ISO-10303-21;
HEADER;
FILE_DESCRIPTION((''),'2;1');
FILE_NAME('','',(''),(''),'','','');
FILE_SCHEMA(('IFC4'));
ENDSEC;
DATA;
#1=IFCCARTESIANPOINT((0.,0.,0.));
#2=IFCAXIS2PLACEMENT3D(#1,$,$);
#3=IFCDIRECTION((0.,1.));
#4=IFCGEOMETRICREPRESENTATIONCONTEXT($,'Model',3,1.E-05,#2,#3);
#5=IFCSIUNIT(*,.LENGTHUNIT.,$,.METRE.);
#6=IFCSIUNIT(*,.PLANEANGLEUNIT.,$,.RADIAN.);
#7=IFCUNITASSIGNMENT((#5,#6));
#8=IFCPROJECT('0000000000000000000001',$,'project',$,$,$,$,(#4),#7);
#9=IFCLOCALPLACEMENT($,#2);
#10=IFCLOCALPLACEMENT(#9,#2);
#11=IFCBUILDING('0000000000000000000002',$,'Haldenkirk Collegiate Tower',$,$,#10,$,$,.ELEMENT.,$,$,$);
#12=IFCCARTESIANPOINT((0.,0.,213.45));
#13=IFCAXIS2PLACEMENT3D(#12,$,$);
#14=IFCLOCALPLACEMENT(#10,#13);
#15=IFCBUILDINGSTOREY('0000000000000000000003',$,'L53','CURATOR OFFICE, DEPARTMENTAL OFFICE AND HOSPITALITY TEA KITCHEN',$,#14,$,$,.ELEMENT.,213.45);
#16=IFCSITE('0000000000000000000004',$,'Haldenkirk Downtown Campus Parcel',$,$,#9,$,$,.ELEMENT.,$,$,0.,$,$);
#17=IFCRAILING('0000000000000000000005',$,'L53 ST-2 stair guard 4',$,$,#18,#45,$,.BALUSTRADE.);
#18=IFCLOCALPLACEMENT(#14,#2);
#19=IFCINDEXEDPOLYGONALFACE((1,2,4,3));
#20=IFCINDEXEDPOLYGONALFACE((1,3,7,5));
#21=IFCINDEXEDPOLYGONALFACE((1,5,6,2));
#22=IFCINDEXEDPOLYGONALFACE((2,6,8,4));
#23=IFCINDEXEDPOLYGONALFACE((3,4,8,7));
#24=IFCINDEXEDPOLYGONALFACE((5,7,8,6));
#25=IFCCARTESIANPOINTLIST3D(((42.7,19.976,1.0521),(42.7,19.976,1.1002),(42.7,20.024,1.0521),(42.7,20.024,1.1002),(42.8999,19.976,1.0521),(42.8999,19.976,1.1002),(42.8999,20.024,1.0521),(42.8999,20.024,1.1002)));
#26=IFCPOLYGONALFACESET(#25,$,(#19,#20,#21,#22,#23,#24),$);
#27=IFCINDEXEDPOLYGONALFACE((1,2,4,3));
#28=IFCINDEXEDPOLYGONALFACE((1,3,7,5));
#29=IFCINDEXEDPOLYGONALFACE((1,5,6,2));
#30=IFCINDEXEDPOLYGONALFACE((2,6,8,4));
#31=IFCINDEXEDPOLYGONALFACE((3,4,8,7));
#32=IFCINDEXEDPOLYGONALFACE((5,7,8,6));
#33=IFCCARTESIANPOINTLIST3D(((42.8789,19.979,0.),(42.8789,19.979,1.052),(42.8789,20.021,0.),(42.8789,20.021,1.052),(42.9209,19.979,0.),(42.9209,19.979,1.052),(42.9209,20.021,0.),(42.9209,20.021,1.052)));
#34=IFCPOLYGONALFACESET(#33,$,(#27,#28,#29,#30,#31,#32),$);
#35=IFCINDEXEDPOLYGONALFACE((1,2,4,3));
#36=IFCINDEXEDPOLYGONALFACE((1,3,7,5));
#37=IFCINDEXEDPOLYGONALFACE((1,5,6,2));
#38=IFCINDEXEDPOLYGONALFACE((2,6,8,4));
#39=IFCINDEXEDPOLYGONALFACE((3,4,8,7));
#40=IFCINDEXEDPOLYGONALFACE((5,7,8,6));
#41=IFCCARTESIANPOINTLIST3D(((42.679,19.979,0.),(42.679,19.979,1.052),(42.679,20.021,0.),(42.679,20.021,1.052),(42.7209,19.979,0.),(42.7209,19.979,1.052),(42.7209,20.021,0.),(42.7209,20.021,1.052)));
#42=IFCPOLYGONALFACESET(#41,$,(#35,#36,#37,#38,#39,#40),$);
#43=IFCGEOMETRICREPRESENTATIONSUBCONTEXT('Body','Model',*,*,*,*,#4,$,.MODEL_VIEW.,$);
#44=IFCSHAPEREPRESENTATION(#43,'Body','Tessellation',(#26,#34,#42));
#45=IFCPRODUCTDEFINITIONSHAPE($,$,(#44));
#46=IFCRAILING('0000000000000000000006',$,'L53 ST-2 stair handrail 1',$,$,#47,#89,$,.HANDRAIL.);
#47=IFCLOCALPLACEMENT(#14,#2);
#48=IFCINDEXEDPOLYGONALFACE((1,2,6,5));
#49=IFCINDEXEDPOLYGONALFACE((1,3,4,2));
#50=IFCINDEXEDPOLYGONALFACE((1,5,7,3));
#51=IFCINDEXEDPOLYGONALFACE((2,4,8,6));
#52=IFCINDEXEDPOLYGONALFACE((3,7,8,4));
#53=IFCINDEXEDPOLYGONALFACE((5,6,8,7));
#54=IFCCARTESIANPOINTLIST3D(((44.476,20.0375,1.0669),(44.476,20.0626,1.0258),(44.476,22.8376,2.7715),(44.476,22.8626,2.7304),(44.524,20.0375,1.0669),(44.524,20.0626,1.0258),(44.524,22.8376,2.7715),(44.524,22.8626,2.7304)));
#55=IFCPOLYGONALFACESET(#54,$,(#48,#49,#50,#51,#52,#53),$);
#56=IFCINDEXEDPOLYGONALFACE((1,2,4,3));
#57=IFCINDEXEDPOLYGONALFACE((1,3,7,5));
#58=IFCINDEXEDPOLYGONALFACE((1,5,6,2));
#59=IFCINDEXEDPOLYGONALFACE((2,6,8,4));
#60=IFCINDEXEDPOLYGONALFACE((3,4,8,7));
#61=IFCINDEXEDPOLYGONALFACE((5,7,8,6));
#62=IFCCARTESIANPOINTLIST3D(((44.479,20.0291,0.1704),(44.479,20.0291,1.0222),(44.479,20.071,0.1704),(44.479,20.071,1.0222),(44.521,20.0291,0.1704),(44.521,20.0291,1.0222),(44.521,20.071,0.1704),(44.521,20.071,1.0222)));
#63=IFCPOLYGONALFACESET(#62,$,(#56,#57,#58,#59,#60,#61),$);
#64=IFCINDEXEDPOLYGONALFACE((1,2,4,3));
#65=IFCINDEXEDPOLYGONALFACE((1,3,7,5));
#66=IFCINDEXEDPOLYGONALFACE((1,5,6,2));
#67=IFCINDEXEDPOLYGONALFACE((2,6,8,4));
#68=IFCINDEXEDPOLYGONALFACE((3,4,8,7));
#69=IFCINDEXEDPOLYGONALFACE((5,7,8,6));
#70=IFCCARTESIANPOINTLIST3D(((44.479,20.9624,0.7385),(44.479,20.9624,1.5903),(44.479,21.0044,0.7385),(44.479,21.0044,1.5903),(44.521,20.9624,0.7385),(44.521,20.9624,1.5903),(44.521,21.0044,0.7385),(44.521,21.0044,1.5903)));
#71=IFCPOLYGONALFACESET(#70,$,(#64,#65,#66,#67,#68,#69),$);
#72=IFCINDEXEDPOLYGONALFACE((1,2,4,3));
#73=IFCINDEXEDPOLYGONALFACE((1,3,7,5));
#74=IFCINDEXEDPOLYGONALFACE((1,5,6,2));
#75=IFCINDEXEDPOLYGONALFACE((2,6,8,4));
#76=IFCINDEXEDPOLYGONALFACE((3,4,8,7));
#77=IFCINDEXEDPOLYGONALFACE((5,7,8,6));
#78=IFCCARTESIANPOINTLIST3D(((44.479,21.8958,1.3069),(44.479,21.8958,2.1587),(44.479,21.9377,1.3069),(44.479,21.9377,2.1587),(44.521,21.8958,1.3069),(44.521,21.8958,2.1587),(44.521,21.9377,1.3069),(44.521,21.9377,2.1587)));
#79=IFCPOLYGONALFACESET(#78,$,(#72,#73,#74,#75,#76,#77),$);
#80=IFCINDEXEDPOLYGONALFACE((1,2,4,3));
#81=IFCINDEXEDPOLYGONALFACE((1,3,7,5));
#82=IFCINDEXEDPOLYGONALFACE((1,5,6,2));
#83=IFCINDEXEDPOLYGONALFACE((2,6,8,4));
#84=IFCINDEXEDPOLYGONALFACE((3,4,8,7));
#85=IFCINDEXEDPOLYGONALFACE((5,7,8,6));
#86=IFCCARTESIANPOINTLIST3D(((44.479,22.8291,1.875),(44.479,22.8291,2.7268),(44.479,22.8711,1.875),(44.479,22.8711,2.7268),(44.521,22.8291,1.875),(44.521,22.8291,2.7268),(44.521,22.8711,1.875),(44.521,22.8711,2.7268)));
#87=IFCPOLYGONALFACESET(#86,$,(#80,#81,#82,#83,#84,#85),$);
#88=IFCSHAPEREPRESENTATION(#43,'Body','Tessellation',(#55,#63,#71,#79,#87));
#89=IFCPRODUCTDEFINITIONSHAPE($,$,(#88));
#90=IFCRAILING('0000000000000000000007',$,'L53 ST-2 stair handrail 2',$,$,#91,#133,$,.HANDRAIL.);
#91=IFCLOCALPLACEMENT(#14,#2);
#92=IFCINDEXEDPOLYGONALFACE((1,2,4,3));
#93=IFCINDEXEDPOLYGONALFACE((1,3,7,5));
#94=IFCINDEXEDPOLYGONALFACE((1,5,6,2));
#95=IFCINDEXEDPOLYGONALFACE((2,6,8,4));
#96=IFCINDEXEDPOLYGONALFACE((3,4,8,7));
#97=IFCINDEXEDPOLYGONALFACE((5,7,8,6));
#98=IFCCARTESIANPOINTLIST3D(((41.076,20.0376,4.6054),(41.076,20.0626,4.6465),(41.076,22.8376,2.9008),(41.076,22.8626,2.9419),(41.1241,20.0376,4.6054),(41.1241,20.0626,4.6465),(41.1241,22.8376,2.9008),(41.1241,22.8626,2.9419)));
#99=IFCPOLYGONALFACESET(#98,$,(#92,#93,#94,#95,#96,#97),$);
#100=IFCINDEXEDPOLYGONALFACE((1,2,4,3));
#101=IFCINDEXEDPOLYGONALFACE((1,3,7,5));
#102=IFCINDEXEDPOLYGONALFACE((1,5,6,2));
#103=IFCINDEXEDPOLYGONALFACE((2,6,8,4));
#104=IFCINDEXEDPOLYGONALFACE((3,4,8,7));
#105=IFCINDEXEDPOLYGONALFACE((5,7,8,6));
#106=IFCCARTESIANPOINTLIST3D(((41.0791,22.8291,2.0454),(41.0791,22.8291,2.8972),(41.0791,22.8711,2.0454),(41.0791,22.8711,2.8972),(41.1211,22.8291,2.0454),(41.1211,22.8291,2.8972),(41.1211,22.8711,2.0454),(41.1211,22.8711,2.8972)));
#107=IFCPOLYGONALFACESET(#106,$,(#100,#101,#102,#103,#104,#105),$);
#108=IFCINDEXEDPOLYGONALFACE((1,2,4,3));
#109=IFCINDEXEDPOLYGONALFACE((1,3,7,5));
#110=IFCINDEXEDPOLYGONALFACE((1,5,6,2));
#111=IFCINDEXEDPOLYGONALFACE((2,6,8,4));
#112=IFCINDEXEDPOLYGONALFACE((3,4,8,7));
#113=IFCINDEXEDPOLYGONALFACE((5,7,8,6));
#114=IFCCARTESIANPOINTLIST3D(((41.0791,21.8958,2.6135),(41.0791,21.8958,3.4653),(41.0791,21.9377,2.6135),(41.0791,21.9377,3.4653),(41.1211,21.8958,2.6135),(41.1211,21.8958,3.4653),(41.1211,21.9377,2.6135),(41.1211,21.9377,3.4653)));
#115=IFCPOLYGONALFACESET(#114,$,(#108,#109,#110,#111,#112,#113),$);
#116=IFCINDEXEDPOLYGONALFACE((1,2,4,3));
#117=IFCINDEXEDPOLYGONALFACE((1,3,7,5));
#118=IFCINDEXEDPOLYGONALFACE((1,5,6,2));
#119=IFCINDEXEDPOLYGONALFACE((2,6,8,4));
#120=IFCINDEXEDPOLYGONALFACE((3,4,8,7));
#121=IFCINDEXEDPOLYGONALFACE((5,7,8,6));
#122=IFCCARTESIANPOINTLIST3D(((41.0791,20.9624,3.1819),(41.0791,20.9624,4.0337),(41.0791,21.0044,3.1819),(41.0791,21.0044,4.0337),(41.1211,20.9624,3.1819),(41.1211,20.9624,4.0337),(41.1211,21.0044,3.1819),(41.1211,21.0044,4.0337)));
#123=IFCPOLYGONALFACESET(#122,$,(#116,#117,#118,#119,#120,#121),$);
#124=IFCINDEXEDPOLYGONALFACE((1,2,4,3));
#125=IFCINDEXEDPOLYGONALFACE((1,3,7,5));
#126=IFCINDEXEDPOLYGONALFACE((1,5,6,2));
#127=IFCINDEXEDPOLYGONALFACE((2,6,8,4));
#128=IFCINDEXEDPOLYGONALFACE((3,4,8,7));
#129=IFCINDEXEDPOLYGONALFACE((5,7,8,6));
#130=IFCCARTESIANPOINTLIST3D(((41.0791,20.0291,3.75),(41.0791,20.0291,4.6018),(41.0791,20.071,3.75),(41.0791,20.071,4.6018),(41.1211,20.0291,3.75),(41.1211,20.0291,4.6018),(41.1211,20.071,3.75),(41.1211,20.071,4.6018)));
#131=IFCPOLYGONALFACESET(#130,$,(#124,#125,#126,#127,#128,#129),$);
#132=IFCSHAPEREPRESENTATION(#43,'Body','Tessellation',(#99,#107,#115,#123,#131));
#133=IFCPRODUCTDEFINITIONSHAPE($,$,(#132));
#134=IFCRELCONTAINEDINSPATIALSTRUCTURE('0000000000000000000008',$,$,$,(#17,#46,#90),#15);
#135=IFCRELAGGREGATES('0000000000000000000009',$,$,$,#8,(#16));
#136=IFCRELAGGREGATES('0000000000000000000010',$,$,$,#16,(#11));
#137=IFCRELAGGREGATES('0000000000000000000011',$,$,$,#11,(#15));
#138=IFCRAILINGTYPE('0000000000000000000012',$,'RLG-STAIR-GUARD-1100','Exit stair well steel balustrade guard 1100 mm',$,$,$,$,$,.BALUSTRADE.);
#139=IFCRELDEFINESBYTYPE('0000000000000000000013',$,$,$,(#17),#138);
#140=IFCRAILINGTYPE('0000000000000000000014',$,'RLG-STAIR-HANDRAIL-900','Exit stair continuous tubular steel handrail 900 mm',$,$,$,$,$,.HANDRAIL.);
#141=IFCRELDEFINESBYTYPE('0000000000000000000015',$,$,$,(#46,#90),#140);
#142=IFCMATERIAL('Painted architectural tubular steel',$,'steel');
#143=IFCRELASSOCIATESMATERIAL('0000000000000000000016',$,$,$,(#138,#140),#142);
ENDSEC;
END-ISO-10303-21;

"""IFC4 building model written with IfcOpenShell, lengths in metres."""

from ifc_helpers import new_model, si_unit, direction, frame, origin, origin_2d, place, context, subcontext, project, spatial, rectangle, extrude, material, type_object, element, save


model = new_model("IFC4")

# Units and contexts
model_context = context("Model", 3, precision=1e-05, world=origin(), true_north=direction((0.0, 1.0)))
body_context = subcontext(model_context, "Body", "Model", "MODEL_VIEW")
ifc_project = project(units=[si_unit("LENGTHUNIT", "METRE"), si_unit("PLANEANGLEUNIT", "RADIAN")], contexts=[model_context])

# Site, building, storey
site_placement = place(None, origin())
site = spatial("IfcSite", under=ifc_project, at=site_placement, Name="Haldenkirk Downtown Campus Parcel", CompositionType="ELEMENT", RefElevation=0.0)
building_placement = place(site_placement, origin())
building = spatial("IfcBuilding", under=site, at=building_placement, Name="Haldenkirk Collegiate Tower", CompositionType="ELEMENT")
storey_placement = place(building_placement, frame((0.0, 0.0, 213.45)))
storey = spatial("IfcBuildingStorey", under=building, at=storey_placement, Name="L53", Description="CURATOR OFFICE, DEPARTMENTAL OFFICE AND HOSPITALITY TEA KITCHEN", CompositionType="ELEMENT", Elevation=213.45)

# Railings
ifc_material_1 = material(Name="Painted architectural tubular steel", Category="steel")
railing_type_1 = type_object("IfcRailingType", Name="RLG-STAIR-GUARD-1100", Description="Exit stair well steel balustrade guard 1100 mm", PredefinedType="BALUSTRADE", material=ifc_material_1)
railing_1_placement = place(storey_placement, frame((42.8999, 20.0, 0.0)))
element("IfcRailing", 1, at=railing_1_placement, inside=storey, type_object=railing_type_1, Name="L53 ST-2 stair guard 4", PredefinedType="BALUSTRADE", context=body_context, shape_type="SweptSolid", body=[
    extrude(rectangle(XDim=0.0481, YDim=0.0481, at=origin_2d()), frame((0.0, 0.0, 1.0762), z_axis=(-1.0, 0.0, 0.0), x_axis=(0.0, -1.0, 0.0)), (0.0, 0.0, 1.0), 0.2),
    extrude(rectangle(XDim=0.042, YDim=0.042, at=origin_2d()), origin(), (0.0, 0.0, 1.0), 1.052),
    extrude(rectangle(XDim=0.042, YDim=0.042, at=origin_2d()), frame((-0.2, 0.0, 0.0)), (0.0, 0.0, 1.0), 1.052),
])
railing_type_2 = type_object("IfcRailingType", Name="RLG-STAIR-HANDRAIL-900", Description="Exit stair continuous tubular steel handrail 900 mm", PredefinedType="HANDRAIL", material=ifc_material_1)
railing_2_placement = place(storey_placement, frame((44.5, 20.05, 0.1704)))
element("IfcRailing", 2, at=railing_2_placement, inside=storey, type_object=railing_type_2, Name="L53 ST-2 stair handrail 1", PredefinedType="HANDRAIL", context=body_context, shape_type="SweptSolid", body=[
    extrude(rectangle(XDim=0.0481, YDim=0.0481, at=origin_2d()), frame((0.0, 0.0, 0.876), z_axis=(0.0, 0.85417, 0.519994), x_axis=(-1.0, 0.0, 0.0)), (0.0, 0.0, 1.0), 3.2781),
    extrude(rectangle(XDim=0.042, YDim=0.042, at=origin_2d()), origin(), (0.0, 0.0, 1.0), 0.8518),
    extrude(rectangle(XDim=0.042, YDim=0.042, at=origin_2d()), frame((0.0, 0.9333, 0.5681)), (0.0, 0.0, 1.0), 0.8518),
    extrude(rectangle(XDim=0.042, YDim=0.042, at=origin_2d()), frame((0.0, 1.8667, 1.1365)), (0.0, 0.0, 1.0), 0.8518),
    extrude(rectangle(XDim=0.042, YDim=0.042, at=origin_2d()), frame((0.0, 2.8, 1.7046)), (0.0, 0.0, 1.0), 0.8518),
])
railing_3_placement = place(storey_placement, frame((41.1001, 22.8501, 2.0454)))
element("IfcRailing", 3, at=railing_3_placement, inside=storey, type_object=railing_type_2, Name="L53 ST-2 stair handrail 2", PredefinedType="HANDRAIL", context=body_context, shape_type="SweptSolid", body=[
    extrude(rectangle(XDim=0.0481, YDim=0.0481, at=origin_2d()), frame((0.0, 0.0, 0.876), z_axis=(0.0, -0.85417, 0.519994), x_axis=(1.0, 0.0, 0.0)), (0.0, 0.0, 1.0), 3.2781),
    extrude(rectangle(XDim=0.042, YDim=0.042, at=origin_2d()), origin(), (0.0, 0.0, 1.0), 0.8518),
    extrude(rectangle(XDim=0.042, YDim=0.042, at=origin_2d()), frame((0.0, -0.9333, 0.5681)), (0.0, 0.0, 1.0), 0.8518),
    extrude(rectangle(XDim=0.042, YDim=0.042, at=origin_2d()), frame((0.0, -1.8667, 1.1365)), (0.0, 0.0, 1.0), 0.8518),
    extrude(rectangle(XDim=0.042, YDim=0.042, at=origin_2d()), frame((0.0, -2.8, 1.7046)), (0.0, 0.0, 1.0), 0.8518),
])

save(model, "model.ifc")
